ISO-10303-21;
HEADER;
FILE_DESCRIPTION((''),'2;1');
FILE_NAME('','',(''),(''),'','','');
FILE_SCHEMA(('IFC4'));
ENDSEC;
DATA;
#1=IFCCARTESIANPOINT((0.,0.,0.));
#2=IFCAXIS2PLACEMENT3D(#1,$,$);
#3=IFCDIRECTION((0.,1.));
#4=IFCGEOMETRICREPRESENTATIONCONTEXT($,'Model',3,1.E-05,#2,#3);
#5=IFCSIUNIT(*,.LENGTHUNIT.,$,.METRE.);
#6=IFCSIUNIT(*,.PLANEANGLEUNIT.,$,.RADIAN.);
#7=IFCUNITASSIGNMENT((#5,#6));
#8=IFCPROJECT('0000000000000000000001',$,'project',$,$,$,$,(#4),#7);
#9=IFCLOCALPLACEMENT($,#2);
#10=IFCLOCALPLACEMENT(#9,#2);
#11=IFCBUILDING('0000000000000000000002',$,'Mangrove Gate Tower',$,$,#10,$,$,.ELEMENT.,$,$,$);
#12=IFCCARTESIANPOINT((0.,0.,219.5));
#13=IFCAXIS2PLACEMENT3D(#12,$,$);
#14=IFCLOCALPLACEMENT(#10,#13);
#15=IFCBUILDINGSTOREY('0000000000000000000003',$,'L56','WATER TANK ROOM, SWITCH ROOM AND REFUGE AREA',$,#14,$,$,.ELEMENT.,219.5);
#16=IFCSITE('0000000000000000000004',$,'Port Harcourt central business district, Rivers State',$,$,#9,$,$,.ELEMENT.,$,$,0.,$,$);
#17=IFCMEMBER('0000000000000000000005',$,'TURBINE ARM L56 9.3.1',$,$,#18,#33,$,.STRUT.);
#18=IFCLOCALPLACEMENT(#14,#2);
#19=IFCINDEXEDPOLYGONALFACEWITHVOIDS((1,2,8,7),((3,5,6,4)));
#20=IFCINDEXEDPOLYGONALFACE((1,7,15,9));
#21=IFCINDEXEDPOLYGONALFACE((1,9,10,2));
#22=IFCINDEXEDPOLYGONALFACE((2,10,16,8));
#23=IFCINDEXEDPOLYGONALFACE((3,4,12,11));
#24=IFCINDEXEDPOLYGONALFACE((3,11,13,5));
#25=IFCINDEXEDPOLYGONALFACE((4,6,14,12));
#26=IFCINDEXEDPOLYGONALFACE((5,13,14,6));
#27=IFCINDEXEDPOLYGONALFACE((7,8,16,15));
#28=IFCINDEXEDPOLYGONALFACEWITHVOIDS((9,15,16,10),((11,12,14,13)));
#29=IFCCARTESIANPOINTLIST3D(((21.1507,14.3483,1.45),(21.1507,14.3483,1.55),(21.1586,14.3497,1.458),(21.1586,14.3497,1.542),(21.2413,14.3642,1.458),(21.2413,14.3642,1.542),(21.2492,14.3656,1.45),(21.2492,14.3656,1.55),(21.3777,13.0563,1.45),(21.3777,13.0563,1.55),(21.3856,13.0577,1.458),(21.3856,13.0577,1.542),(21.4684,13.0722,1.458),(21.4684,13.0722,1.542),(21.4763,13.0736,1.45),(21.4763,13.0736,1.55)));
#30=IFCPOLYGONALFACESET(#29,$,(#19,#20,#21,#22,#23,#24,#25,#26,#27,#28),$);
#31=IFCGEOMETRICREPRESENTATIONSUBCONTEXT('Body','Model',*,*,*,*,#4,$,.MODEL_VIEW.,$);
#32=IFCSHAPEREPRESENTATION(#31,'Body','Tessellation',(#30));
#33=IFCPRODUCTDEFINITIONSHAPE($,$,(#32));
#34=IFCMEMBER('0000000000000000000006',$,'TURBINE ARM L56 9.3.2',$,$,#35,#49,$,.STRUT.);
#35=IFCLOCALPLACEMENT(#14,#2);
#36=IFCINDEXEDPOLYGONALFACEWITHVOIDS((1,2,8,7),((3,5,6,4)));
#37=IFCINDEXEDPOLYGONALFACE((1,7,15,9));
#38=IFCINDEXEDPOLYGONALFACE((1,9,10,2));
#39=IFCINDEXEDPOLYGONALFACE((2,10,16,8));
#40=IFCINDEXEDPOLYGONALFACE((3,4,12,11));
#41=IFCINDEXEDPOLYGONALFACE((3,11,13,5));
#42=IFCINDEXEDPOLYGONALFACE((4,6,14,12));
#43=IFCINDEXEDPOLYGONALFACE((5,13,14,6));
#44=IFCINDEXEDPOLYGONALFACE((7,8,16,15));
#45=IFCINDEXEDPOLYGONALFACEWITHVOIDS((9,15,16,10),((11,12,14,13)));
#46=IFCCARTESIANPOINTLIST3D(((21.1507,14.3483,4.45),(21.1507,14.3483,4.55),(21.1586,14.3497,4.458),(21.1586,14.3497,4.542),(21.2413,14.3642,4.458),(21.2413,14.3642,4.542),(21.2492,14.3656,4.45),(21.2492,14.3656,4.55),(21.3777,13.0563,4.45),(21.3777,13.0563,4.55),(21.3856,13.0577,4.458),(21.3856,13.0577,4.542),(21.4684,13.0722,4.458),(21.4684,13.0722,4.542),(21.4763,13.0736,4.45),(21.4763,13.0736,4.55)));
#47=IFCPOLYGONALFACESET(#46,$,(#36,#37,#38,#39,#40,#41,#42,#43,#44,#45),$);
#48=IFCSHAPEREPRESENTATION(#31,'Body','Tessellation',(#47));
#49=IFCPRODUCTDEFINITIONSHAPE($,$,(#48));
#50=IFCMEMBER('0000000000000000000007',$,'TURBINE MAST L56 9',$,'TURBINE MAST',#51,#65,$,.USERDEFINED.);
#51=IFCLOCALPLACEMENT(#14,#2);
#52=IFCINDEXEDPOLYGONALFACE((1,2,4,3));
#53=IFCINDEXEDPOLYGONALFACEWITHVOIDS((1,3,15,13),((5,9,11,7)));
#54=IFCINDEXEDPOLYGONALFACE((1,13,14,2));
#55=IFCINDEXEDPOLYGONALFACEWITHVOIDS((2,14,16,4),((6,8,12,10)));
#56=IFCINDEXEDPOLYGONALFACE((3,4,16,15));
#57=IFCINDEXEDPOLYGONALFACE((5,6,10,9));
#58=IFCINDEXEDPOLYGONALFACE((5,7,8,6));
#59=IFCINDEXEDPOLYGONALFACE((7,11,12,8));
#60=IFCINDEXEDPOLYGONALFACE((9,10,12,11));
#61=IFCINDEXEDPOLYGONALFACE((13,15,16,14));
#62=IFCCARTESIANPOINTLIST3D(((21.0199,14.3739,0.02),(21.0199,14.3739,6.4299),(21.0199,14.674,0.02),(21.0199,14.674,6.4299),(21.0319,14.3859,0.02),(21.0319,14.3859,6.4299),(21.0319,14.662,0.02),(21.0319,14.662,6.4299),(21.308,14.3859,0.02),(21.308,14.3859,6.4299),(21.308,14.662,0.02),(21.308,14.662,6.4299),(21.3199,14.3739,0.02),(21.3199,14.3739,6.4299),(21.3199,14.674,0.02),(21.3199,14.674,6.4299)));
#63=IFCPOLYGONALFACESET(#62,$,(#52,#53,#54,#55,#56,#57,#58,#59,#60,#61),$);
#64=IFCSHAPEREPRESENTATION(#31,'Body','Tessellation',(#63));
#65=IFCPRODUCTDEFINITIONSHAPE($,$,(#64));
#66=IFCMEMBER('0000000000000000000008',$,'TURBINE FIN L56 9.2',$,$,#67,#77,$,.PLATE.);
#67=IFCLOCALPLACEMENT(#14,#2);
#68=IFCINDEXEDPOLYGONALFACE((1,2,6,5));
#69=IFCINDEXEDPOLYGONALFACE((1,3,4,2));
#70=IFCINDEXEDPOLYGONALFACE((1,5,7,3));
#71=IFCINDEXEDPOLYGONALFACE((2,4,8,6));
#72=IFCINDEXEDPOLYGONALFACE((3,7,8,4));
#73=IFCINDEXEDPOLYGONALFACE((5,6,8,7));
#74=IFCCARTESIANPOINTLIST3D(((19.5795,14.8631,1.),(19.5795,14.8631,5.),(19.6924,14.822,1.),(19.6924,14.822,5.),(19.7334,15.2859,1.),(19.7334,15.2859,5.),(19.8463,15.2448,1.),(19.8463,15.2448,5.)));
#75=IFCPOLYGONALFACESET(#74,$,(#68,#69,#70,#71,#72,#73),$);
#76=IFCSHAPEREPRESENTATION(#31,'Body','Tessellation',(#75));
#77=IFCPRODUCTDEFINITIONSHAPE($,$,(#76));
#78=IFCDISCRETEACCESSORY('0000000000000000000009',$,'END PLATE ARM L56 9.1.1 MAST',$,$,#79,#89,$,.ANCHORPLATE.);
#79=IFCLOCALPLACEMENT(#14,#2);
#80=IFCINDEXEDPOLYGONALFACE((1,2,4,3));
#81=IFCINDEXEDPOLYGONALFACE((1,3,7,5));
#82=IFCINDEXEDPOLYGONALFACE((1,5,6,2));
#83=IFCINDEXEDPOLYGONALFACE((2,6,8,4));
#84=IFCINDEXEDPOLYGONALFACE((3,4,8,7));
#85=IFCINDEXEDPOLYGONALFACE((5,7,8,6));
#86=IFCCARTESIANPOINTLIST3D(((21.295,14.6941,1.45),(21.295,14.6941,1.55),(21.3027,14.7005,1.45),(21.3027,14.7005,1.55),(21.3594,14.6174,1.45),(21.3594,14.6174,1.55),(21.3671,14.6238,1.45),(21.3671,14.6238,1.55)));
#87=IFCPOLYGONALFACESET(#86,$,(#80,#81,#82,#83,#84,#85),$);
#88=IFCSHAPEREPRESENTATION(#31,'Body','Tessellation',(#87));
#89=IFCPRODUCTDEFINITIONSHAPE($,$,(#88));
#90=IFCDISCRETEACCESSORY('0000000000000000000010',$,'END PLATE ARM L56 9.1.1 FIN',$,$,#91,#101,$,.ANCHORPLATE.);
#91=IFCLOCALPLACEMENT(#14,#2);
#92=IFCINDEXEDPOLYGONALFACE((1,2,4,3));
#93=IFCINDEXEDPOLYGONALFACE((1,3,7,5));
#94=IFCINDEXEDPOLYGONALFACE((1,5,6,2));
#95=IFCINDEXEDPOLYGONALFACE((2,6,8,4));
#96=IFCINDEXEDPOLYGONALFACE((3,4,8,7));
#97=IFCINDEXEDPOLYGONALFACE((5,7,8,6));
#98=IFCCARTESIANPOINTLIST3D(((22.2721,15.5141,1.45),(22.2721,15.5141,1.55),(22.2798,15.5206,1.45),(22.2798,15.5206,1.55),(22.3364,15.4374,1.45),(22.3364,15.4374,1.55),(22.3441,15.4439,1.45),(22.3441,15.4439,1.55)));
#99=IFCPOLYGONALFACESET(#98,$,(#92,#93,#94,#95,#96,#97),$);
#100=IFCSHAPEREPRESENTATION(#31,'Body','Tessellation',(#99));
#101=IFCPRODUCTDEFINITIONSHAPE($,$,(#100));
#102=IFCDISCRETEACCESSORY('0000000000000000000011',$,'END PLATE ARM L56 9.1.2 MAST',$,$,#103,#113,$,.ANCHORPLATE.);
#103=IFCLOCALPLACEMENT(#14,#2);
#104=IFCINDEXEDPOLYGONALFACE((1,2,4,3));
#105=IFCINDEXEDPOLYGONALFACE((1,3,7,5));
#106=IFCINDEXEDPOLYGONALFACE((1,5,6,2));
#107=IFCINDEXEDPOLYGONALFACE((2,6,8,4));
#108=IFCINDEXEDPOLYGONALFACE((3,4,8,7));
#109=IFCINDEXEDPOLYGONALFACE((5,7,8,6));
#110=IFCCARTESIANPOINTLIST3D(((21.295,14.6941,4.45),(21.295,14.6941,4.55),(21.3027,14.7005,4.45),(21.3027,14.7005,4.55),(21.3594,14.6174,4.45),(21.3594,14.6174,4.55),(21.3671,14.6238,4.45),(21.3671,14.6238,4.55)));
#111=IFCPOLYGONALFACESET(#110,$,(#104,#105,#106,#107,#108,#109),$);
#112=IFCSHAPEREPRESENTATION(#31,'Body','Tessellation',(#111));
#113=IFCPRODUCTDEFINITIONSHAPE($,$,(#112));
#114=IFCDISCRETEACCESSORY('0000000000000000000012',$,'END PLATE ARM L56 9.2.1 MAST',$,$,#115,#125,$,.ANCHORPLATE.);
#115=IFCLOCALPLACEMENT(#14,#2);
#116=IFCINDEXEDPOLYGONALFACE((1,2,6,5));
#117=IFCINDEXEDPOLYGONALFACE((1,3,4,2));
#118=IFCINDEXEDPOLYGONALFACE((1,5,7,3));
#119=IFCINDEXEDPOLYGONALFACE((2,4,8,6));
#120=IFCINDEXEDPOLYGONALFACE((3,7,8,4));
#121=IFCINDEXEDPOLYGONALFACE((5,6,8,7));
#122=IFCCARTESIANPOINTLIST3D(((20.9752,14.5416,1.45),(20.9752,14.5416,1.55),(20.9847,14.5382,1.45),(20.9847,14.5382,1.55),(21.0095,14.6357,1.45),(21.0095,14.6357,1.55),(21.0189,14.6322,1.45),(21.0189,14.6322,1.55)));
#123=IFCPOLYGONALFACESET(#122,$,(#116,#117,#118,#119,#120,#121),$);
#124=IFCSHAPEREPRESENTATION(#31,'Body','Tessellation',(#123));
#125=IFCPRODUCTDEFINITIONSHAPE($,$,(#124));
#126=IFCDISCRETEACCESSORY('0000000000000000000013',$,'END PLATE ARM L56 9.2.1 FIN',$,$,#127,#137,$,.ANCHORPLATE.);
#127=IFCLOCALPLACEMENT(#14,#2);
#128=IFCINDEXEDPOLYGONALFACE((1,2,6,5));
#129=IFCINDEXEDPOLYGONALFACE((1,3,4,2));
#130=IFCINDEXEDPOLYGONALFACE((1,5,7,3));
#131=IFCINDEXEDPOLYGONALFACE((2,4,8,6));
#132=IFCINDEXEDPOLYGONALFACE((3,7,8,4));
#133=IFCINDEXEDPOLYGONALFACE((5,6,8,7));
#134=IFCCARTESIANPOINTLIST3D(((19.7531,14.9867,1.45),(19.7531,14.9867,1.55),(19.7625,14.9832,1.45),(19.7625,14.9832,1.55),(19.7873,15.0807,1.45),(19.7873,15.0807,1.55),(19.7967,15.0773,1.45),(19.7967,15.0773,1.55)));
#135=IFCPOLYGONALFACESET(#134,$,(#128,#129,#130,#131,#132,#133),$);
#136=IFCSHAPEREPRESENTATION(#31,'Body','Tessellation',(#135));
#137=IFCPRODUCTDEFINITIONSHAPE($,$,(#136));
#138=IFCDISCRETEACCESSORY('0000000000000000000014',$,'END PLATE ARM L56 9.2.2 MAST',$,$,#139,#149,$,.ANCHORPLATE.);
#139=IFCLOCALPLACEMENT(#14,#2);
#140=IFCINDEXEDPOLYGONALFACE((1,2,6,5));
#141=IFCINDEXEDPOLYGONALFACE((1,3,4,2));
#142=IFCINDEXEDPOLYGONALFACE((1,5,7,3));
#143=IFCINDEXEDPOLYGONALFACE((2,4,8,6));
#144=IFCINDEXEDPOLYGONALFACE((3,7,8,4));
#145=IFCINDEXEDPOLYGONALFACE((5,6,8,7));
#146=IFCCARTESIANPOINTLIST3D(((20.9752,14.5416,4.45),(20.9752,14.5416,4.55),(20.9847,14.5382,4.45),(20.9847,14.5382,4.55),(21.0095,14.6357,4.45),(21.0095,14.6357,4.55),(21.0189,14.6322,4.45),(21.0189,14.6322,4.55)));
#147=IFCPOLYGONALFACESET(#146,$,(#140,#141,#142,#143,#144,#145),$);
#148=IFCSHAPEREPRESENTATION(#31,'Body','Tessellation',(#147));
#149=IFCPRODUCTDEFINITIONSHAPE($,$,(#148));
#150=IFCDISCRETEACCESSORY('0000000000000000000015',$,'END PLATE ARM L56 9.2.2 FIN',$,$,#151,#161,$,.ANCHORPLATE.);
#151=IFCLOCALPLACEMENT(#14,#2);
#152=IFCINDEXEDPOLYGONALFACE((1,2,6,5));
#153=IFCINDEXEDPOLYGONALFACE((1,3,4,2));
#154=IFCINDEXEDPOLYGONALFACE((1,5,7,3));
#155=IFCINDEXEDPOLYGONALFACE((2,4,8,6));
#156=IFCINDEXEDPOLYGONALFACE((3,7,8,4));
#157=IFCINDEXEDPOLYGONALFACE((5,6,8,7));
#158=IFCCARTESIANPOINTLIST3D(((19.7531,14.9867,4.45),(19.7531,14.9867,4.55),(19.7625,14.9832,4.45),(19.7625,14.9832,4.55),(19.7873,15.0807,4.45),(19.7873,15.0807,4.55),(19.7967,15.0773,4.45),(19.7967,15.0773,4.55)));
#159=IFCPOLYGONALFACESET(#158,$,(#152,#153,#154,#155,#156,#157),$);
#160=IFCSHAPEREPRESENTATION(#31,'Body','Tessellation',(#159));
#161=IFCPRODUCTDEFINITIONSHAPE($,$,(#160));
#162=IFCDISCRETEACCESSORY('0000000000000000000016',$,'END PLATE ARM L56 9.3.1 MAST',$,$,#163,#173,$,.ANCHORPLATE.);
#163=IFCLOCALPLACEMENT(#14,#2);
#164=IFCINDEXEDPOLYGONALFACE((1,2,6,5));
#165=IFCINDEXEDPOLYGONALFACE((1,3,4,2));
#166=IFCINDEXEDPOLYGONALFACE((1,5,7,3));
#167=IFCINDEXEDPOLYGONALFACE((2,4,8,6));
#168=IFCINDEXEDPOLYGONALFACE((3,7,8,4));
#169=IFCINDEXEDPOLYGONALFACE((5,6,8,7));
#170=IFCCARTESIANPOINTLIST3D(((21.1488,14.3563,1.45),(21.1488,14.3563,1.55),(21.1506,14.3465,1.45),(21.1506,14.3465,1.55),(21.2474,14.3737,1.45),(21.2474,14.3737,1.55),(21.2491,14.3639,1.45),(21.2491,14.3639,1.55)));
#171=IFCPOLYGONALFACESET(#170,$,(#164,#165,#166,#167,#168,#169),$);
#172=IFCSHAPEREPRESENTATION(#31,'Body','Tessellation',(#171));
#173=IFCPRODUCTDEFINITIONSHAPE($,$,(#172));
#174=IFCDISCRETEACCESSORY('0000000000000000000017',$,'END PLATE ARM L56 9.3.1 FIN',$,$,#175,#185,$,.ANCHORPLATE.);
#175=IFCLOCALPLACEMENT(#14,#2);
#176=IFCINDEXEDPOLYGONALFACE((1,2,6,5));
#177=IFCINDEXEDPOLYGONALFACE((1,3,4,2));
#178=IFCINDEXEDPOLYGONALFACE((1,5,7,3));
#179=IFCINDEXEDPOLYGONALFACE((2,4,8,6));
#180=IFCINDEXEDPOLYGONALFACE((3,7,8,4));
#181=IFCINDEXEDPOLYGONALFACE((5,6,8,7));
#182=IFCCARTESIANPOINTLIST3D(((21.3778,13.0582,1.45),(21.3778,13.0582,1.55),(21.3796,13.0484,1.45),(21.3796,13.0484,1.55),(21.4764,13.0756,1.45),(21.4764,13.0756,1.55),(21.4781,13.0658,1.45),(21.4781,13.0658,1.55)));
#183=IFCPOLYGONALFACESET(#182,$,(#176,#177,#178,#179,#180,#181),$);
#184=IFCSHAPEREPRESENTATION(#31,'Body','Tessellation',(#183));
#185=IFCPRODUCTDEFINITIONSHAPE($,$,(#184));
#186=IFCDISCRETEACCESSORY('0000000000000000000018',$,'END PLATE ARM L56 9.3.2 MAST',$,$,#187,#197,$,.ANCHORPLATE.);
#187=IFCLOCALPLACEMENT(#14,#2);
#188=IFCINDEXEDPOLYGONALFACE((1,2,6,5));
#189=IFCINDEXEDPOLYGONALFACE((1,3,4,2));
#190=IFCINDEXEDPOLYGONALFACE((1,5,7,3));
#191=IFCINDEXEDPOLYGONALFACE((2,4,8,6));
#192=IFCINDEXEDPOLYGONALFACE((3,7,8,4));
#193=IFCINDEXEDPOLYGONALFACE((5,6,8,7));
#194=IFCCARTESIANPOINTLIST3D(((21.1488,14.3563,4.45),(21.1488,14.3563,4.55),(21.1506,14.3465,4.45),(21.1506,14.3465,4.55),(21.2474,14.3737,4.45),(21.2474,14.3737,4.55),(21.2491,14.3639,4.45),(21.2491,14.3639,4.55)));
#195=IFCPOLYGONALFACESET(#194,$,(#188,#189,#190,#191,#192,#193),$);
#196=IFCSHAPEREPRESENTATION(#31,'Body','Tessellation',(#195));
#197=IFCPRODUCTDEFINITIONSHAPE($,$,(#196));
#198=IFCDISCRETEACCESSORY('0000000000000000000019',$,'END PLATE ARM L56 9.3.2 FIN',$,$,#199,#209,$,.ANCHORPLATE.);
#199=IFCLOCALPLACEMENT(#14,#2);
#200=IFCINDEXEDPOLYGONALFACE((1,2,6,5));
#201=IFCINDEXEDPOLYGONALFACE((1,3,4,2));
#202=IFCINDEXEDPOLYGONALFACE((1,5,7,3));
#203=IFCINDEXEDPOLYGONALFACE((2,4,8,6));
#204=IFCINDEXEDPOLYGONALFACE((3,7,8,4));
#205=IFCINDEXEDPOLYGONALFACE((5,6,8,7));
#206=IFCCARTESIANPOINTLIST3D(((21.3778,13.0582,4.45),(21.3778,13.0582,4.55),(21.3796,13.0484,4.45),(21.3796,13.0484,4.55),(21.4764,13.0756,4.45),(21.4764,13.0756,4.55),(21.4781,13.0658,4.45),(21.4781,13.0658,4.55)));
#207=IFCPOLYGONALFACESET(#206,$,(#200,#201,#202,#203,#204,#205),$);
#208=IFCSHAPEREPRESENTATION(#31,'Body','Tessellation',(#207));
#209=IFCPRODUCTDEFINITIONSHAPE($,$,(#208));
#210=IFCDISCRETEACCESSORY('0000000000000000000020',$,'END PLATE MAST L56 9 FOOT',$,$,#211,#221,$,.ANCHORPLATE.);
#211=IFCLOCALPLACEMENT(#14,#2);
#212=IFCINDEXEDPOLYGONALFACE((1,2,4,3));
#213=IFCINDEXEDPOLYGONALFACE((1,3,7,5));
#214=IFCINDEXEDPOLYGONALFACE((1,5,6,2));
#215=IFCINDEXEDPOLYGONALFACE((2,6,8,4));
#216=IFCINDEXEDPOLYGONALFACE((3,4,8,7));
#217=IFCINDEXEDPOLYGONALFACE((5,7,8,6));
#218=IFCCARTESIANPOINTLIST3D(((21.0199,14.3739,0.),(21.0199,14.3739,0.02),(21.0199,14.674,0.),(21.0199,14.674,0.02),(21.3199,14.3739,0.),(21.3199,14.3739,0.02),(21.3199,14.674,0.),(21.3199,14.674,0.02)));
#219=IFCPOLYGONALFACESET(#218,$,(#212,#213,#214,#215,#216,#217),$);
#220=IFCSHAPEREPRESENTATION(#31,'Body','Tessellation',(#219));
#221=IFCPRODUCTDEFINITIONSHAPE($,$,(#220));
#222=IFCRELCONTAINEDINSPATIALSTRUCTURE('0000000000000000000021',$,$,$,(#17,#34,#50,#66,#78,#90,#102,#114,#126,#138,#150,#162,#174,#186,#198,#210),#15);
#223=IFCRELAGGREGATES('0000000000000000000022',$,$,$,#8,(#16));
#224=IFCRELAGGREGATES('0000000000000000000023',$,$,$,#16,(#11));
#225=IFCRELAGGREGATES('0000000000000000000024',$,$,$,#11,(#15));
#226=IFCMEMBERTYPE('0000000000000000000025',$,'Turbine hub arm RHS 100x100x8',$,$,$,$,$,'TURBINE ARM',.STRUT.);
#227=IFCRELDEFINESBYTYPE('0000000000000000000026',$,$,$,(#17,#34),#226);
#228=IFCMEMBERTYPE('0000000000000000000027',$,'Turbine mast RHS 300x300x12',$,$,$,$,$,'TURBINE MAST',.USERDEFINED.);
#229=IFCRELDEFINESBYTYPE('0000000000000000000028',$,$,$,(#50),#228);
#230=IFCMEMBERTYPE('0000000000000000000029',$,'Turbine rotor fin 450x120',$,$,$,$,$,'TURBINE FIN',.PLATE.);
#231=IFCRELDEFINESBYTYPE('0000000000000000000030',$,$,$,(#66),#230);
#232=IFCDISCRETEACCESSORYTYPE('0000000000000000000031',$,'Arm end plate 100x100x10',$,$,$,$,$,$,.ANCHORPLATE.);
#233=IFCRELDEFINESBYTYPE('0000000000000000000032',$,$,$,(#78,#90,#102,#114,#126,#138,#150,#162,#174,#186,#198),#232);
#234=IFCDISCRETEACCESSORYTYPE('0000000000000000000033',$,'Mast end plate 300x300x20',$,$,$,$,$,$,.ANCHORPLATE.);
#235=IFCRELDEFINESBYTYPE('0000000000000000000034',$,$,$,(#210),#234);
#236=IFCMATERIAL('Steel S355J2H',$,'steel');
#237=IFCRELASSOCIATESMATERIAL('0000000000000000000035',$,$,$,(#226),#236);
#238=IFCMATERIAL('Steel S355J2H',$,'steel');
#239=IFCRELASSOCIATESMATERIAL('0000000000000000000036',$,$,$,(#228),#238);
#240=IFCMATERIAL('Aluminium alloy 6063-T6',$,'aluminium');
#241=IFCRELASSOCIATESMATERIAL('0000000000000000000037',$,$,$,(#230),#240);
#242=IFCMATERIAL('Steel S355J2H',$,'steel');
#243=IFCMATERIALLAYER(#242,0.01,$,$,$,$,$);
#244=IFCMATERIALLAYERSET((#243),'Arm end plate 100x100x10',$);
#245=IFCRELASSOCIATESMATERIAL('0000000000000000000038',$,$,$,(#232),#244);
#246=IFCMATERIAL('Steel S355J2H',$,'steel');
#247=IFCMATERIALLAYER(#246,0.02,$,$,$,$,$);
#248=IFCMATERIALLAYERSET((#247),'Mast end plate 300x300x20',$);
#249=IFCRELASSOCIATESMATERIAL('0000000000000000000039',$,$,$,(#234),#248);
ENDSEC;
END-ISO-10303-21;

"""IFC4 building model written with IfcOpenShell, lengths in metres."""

from ifc_helpers import new_model, si_unit, direction, frame, origin, origin_2d, place, context, subcontext, project, spatial, rectangle, hollow_rectangle, extrude, material, layer, layer_set, material_profile, profile_set, type_object, element, save


model = new_model("IFC4")

# Units and contexts
model_context = context("Model", 3, precision=1e-05, world=origin(), true_north=direction((0.0, 1.0)))
body_context = subcontext(model_context, "Body", "Model", "MODEL_VIEW")
ifc_project = project(units=[si_unit("LENGTHUNIT", "METRE"), si_unit("PLANEANGLEUNIT", "RADIAN")], contexts=[model_context])

# Site, building, storey
site_placement = place(None, origin())
site = spatial("IfcSite", under=ifc_project, at=site_placement, Name="Port Harcourt central business district, Rivers State", CompositionType="ELEMENT", RefElevation=0.0)
building_placement = place(site_placement, origin())
building = spatial("IfcBuilding", under=site, at=building_placement, Name="Mangrove Gate Tower", CompositionType="ELEMENT")
storey_placement = place(building_placement, frame((0.0, 0.0, 219.5)))
storey = spatial("IfcBuildingStorey", under=building, at=storey_placement, Name="L56", Description="WATER TANK ROOM, SWITCH ROOM AND REFUGE AREA", CompositionType="ELEMENT", Elevation=219.5)

# Members
ifc_material_1 = material(Name="Steel S355J2H", Category="steel")
ifc_material_profile_1 = material_profile(ifc_material_1, hollow_rectangle(XDim=0.1001, YDim=0.1001, WallThickness=0.0081, at=origin_2d()))
ifc_profile_set_1 = profile_set([ifc_material_profile_1], Name="Steel S355J2H")
member_type_1 = type_object("IfcMemberType", Name="Turbine hub arm RHS 100x100x8", ElementType="TURBINE ARM", PredefinedType="STRUT", material=ifc_profile_set_1)
for number, where, z_axis, x_axis, name in (
    (1, (21.2, 14.3569, 1.5), (0.173085, -0.984907, 0.0), (0.984907, 0.173085, 0.0), "TURBINE ARM L56 9.3.1"),
    (2, (21.2, 14.3569, 4.5), (0.173085, -0.984907, 0.0), (0.984907, 0.173085, 0.0), "TURBINE ARM L56 9.3.2"),
):
    element("IfcMember", number, at=place(storey_placement, frame(where, z_axis=z_axis, x_axis=x_axis)), inside=storey, type_object=member_type_1, Name=name, PredefinedType="STRUT", context=body_context, shape_type="SweptSolid", body=[
        extrude(hollow_rectangle(XDim=0.1001, YDim=0.1001, WallThickness=0.0081, at=origin_2d()), origin(), (0.0, 0.0, 1.0), 1.3118),
    ])
ifc_material_2 = material(Name="Steel S355J2H", Category="steel")
ifc_material_profile_2 = material_profile(ifc_material_2, hollow_rectangle(XDim=0.3, YDim=0.3, WallThickness=0.012, at=origin_2d()))
ifc_profile_set_2 = profile_set([ifc_material_profile_2], Name="Steel S355J2H")
member_type_2 = type_object("IfcMemberType", Name="Turbine mast RHS 300x300x12", ElementType="TURBINE MAST", PredefinedType="USERDEFINED", material=ifc_profile_set_2)
member_1_placement = place(storey_placement, frame((21.1699, 14.5239, 0.02), z_axis=(0.0, 0.0, 1.0), x_axis=(1.0, 0.0, 0.0)))
element("IfcMember", 3, at=member_1_placement, inside=storey, type_object=member_type_2, Name="TURBINE MAST L56 9", ObjectType="TURBINE MAST", PredefinedType="USERDEFINED", context=body_context, shape_type="SweptSolid", body=[
    extrude(hollow_rectangle(XDim=0.3, YDim=0.3, WallThickness=0.012, at=origin_2d()), origin(), (0.0, 0.0, 1.0), 6.4099),
])
ifc_material_3 = material(Name="Aluminium alloy 6063-T6", Category="aluminium")
ifc_material_profile_3 = material_profile(ifc_material_3, rectangle(XDim=0.45, YDim=0.1201, at=origin_2d()))
ifc_profile_set_3 = profile_set([ifc_material_profile_3], Name="Aluminium alloy 6063-T6")
member_type_3 = type_object("IfcMemberType", Name="Turbine rotor fin 450x120", ElementType="TURBINE FIN", PredefinedType="PLATE", material=ifc_profile_set_3)
member_2_placement = place(storey_placement, frame((19.7129, 15.054, 1.0), z_axis=(0.0, 0.0, 1.0), x_axis=(-0.34202, -0.939693, 0.0)))
element("IfcMember", 4, at=member_2_placement, inside=storey, type_object=member_type_3, Name="TURBINE FIN L56 9.2", PredefinedType="PLATE", context=body_context, shape_type="SweptSolid", body=[
    extrude(rectangle(XDim=0.45, YDim=0.1201, at=origin_2d()), origin(), (0.0, 0.0, 1.0), 4.0),
])

# Discrete accessories
ifc_material_4 = material(Name="Steel S355J2H", Category="steel")
ifc_layer_1 = layer(ifc_material_4, 0.01)
ifc_layer_set_1 = layer_set([ifc_layer_1], Name="Arm end plate 100x100x10")
discrete_accessory_type_1 = type_object("IfcDiscreteAccessoryType", Name="Arm end plate 100x100x10", PredefinedType="ANCHORPLATE", material=ifc_layer_set_1)
for number, where, z_axis, x_axis, name in (
    (5, (21.3311, 14.6589, 1.45), (0.0, 0.0, 1.0), (0.766044, 0.642788, 0.0), "END PLATE ARM L56 9.1.1 MAST"),
    (6, (22.3081, 15.479, 1.45), (0.0, 0.0, 1.0), (0.766044, 0.642788, 0.0), "END PLATE ARM L56 9.1.1 FIN"),
    (7, (21.3311, 14.6589, 4.45), (0.0, 0.0, 1.0), (0.766044, 0.642788, 0.0), "END PLATE ARM L56 9.1.2 MAST"),
    (8, (20.9971, 14.5869, 1.45), (0.0, 0.0, 1.0), (-0.939693, 0.34202, 0.0), "END PLATE ARM L56 9.2.1 MAST"),
    (9, (19.7749, 15.032, 1.45), (0.0, 0.0, 1.0), (-0.939693, 0.34202, 0.0), "END PLATE ARM L56 9.2.1 FIN"),
    (10, (20.9971, 14.5869, 4.45), (0.0, 0.0, 1.0), (-0.939693, 0.34202, 0.0), "END PLATE ARM L56 9.2.2 MAST"),
    (11, (19.7749, 15.032, 4.45), (0.0, 0.0, 1.0), (-0.939693, 0.34202, 0.0), "END PLATE ARM L56 9.2.2 FIN"),
    (12, (21.199, 14.3601, 1.45), (0.0, 0.0, 1.0), (0.173648, -0.984808, 0.0), "END PLATE ARM L56 9.3.1 MAST"),
    (13, (21.428, 13.062, 1.45), (0.0, 0.0, 1.0), (0.173648, -0.984808, 0.0), "END PLATE ARM L56 9.3.1 FIN"),
    (14, (21.199, 14.3601, 4.45), (0.0, 0.0, 1.0), (0.173648, -0.984808, 0.0), "END PLATE ARM L56 9.3.2 MAST"),
    (15, (21.428, 13.062, 4.45), (0.0, 0.0, 1.0), (0.173648, -0.984808, 0.0), "END PLATE ARM L56 9.3.2 FIN"),
):
    element("IfcDiscreteAccessory", number, at=place(storey_placement, frame(where, z_axis=z_axis, x_axis=x_axis)), inside=storey, type_object=discrete_accessory_type_1, Name=name, PredefinedType="ANCHORPLATE", context=body_context, shape_type="SweptSolid", body=[
        extrude(rectangle(XDim=0.01, YDim=0.1001, at=origin_2d()), origin(), (0.0, 0.0, 1.0), 0.1001),
    ])
ifc_material_5 = material(Name="Steel S355J2H", Category="steel")
ifc_layer_2 = layer(ifc_material_5, 0.02)
ifc_layer_set_2 = layer_set([ifc_layer_2], Name="Mast end plate 300x300x20")
discrete_accessory_type_2 = type_object("IfcDiscreteAccessoryType", Name="Mast end plate 300x300x20", PredefinedType="ANCHORPLATE", material=ifc_layer_set_2)
for number, where, z_axis, x_axis, name in (
    (16, (21.1699, 14.5239, 0.0), (0.0, 0.0, 1.0), (1.0, 0.0, 0.0), "END PLATE MAST L56 9 FOOT"),
):
    element("IfcDiscreteAccessory", number, at=place(storey_placement, frame(where, z_axis=z_axis, x_axis=x_axis)), inside=storey, type_object=discrete_accessory_type_2, Name=name, PredefinedType="ANCHORPLATE", context=body_context, shape_type="SweptSolid", body=[
        extrude(rectangle(XDim=0.3, YDim=0.3, at=origin_2d()), origin(), (0.0, 0.0, 1.0), 0.02),
    ])

save(model, "model.ifc")
